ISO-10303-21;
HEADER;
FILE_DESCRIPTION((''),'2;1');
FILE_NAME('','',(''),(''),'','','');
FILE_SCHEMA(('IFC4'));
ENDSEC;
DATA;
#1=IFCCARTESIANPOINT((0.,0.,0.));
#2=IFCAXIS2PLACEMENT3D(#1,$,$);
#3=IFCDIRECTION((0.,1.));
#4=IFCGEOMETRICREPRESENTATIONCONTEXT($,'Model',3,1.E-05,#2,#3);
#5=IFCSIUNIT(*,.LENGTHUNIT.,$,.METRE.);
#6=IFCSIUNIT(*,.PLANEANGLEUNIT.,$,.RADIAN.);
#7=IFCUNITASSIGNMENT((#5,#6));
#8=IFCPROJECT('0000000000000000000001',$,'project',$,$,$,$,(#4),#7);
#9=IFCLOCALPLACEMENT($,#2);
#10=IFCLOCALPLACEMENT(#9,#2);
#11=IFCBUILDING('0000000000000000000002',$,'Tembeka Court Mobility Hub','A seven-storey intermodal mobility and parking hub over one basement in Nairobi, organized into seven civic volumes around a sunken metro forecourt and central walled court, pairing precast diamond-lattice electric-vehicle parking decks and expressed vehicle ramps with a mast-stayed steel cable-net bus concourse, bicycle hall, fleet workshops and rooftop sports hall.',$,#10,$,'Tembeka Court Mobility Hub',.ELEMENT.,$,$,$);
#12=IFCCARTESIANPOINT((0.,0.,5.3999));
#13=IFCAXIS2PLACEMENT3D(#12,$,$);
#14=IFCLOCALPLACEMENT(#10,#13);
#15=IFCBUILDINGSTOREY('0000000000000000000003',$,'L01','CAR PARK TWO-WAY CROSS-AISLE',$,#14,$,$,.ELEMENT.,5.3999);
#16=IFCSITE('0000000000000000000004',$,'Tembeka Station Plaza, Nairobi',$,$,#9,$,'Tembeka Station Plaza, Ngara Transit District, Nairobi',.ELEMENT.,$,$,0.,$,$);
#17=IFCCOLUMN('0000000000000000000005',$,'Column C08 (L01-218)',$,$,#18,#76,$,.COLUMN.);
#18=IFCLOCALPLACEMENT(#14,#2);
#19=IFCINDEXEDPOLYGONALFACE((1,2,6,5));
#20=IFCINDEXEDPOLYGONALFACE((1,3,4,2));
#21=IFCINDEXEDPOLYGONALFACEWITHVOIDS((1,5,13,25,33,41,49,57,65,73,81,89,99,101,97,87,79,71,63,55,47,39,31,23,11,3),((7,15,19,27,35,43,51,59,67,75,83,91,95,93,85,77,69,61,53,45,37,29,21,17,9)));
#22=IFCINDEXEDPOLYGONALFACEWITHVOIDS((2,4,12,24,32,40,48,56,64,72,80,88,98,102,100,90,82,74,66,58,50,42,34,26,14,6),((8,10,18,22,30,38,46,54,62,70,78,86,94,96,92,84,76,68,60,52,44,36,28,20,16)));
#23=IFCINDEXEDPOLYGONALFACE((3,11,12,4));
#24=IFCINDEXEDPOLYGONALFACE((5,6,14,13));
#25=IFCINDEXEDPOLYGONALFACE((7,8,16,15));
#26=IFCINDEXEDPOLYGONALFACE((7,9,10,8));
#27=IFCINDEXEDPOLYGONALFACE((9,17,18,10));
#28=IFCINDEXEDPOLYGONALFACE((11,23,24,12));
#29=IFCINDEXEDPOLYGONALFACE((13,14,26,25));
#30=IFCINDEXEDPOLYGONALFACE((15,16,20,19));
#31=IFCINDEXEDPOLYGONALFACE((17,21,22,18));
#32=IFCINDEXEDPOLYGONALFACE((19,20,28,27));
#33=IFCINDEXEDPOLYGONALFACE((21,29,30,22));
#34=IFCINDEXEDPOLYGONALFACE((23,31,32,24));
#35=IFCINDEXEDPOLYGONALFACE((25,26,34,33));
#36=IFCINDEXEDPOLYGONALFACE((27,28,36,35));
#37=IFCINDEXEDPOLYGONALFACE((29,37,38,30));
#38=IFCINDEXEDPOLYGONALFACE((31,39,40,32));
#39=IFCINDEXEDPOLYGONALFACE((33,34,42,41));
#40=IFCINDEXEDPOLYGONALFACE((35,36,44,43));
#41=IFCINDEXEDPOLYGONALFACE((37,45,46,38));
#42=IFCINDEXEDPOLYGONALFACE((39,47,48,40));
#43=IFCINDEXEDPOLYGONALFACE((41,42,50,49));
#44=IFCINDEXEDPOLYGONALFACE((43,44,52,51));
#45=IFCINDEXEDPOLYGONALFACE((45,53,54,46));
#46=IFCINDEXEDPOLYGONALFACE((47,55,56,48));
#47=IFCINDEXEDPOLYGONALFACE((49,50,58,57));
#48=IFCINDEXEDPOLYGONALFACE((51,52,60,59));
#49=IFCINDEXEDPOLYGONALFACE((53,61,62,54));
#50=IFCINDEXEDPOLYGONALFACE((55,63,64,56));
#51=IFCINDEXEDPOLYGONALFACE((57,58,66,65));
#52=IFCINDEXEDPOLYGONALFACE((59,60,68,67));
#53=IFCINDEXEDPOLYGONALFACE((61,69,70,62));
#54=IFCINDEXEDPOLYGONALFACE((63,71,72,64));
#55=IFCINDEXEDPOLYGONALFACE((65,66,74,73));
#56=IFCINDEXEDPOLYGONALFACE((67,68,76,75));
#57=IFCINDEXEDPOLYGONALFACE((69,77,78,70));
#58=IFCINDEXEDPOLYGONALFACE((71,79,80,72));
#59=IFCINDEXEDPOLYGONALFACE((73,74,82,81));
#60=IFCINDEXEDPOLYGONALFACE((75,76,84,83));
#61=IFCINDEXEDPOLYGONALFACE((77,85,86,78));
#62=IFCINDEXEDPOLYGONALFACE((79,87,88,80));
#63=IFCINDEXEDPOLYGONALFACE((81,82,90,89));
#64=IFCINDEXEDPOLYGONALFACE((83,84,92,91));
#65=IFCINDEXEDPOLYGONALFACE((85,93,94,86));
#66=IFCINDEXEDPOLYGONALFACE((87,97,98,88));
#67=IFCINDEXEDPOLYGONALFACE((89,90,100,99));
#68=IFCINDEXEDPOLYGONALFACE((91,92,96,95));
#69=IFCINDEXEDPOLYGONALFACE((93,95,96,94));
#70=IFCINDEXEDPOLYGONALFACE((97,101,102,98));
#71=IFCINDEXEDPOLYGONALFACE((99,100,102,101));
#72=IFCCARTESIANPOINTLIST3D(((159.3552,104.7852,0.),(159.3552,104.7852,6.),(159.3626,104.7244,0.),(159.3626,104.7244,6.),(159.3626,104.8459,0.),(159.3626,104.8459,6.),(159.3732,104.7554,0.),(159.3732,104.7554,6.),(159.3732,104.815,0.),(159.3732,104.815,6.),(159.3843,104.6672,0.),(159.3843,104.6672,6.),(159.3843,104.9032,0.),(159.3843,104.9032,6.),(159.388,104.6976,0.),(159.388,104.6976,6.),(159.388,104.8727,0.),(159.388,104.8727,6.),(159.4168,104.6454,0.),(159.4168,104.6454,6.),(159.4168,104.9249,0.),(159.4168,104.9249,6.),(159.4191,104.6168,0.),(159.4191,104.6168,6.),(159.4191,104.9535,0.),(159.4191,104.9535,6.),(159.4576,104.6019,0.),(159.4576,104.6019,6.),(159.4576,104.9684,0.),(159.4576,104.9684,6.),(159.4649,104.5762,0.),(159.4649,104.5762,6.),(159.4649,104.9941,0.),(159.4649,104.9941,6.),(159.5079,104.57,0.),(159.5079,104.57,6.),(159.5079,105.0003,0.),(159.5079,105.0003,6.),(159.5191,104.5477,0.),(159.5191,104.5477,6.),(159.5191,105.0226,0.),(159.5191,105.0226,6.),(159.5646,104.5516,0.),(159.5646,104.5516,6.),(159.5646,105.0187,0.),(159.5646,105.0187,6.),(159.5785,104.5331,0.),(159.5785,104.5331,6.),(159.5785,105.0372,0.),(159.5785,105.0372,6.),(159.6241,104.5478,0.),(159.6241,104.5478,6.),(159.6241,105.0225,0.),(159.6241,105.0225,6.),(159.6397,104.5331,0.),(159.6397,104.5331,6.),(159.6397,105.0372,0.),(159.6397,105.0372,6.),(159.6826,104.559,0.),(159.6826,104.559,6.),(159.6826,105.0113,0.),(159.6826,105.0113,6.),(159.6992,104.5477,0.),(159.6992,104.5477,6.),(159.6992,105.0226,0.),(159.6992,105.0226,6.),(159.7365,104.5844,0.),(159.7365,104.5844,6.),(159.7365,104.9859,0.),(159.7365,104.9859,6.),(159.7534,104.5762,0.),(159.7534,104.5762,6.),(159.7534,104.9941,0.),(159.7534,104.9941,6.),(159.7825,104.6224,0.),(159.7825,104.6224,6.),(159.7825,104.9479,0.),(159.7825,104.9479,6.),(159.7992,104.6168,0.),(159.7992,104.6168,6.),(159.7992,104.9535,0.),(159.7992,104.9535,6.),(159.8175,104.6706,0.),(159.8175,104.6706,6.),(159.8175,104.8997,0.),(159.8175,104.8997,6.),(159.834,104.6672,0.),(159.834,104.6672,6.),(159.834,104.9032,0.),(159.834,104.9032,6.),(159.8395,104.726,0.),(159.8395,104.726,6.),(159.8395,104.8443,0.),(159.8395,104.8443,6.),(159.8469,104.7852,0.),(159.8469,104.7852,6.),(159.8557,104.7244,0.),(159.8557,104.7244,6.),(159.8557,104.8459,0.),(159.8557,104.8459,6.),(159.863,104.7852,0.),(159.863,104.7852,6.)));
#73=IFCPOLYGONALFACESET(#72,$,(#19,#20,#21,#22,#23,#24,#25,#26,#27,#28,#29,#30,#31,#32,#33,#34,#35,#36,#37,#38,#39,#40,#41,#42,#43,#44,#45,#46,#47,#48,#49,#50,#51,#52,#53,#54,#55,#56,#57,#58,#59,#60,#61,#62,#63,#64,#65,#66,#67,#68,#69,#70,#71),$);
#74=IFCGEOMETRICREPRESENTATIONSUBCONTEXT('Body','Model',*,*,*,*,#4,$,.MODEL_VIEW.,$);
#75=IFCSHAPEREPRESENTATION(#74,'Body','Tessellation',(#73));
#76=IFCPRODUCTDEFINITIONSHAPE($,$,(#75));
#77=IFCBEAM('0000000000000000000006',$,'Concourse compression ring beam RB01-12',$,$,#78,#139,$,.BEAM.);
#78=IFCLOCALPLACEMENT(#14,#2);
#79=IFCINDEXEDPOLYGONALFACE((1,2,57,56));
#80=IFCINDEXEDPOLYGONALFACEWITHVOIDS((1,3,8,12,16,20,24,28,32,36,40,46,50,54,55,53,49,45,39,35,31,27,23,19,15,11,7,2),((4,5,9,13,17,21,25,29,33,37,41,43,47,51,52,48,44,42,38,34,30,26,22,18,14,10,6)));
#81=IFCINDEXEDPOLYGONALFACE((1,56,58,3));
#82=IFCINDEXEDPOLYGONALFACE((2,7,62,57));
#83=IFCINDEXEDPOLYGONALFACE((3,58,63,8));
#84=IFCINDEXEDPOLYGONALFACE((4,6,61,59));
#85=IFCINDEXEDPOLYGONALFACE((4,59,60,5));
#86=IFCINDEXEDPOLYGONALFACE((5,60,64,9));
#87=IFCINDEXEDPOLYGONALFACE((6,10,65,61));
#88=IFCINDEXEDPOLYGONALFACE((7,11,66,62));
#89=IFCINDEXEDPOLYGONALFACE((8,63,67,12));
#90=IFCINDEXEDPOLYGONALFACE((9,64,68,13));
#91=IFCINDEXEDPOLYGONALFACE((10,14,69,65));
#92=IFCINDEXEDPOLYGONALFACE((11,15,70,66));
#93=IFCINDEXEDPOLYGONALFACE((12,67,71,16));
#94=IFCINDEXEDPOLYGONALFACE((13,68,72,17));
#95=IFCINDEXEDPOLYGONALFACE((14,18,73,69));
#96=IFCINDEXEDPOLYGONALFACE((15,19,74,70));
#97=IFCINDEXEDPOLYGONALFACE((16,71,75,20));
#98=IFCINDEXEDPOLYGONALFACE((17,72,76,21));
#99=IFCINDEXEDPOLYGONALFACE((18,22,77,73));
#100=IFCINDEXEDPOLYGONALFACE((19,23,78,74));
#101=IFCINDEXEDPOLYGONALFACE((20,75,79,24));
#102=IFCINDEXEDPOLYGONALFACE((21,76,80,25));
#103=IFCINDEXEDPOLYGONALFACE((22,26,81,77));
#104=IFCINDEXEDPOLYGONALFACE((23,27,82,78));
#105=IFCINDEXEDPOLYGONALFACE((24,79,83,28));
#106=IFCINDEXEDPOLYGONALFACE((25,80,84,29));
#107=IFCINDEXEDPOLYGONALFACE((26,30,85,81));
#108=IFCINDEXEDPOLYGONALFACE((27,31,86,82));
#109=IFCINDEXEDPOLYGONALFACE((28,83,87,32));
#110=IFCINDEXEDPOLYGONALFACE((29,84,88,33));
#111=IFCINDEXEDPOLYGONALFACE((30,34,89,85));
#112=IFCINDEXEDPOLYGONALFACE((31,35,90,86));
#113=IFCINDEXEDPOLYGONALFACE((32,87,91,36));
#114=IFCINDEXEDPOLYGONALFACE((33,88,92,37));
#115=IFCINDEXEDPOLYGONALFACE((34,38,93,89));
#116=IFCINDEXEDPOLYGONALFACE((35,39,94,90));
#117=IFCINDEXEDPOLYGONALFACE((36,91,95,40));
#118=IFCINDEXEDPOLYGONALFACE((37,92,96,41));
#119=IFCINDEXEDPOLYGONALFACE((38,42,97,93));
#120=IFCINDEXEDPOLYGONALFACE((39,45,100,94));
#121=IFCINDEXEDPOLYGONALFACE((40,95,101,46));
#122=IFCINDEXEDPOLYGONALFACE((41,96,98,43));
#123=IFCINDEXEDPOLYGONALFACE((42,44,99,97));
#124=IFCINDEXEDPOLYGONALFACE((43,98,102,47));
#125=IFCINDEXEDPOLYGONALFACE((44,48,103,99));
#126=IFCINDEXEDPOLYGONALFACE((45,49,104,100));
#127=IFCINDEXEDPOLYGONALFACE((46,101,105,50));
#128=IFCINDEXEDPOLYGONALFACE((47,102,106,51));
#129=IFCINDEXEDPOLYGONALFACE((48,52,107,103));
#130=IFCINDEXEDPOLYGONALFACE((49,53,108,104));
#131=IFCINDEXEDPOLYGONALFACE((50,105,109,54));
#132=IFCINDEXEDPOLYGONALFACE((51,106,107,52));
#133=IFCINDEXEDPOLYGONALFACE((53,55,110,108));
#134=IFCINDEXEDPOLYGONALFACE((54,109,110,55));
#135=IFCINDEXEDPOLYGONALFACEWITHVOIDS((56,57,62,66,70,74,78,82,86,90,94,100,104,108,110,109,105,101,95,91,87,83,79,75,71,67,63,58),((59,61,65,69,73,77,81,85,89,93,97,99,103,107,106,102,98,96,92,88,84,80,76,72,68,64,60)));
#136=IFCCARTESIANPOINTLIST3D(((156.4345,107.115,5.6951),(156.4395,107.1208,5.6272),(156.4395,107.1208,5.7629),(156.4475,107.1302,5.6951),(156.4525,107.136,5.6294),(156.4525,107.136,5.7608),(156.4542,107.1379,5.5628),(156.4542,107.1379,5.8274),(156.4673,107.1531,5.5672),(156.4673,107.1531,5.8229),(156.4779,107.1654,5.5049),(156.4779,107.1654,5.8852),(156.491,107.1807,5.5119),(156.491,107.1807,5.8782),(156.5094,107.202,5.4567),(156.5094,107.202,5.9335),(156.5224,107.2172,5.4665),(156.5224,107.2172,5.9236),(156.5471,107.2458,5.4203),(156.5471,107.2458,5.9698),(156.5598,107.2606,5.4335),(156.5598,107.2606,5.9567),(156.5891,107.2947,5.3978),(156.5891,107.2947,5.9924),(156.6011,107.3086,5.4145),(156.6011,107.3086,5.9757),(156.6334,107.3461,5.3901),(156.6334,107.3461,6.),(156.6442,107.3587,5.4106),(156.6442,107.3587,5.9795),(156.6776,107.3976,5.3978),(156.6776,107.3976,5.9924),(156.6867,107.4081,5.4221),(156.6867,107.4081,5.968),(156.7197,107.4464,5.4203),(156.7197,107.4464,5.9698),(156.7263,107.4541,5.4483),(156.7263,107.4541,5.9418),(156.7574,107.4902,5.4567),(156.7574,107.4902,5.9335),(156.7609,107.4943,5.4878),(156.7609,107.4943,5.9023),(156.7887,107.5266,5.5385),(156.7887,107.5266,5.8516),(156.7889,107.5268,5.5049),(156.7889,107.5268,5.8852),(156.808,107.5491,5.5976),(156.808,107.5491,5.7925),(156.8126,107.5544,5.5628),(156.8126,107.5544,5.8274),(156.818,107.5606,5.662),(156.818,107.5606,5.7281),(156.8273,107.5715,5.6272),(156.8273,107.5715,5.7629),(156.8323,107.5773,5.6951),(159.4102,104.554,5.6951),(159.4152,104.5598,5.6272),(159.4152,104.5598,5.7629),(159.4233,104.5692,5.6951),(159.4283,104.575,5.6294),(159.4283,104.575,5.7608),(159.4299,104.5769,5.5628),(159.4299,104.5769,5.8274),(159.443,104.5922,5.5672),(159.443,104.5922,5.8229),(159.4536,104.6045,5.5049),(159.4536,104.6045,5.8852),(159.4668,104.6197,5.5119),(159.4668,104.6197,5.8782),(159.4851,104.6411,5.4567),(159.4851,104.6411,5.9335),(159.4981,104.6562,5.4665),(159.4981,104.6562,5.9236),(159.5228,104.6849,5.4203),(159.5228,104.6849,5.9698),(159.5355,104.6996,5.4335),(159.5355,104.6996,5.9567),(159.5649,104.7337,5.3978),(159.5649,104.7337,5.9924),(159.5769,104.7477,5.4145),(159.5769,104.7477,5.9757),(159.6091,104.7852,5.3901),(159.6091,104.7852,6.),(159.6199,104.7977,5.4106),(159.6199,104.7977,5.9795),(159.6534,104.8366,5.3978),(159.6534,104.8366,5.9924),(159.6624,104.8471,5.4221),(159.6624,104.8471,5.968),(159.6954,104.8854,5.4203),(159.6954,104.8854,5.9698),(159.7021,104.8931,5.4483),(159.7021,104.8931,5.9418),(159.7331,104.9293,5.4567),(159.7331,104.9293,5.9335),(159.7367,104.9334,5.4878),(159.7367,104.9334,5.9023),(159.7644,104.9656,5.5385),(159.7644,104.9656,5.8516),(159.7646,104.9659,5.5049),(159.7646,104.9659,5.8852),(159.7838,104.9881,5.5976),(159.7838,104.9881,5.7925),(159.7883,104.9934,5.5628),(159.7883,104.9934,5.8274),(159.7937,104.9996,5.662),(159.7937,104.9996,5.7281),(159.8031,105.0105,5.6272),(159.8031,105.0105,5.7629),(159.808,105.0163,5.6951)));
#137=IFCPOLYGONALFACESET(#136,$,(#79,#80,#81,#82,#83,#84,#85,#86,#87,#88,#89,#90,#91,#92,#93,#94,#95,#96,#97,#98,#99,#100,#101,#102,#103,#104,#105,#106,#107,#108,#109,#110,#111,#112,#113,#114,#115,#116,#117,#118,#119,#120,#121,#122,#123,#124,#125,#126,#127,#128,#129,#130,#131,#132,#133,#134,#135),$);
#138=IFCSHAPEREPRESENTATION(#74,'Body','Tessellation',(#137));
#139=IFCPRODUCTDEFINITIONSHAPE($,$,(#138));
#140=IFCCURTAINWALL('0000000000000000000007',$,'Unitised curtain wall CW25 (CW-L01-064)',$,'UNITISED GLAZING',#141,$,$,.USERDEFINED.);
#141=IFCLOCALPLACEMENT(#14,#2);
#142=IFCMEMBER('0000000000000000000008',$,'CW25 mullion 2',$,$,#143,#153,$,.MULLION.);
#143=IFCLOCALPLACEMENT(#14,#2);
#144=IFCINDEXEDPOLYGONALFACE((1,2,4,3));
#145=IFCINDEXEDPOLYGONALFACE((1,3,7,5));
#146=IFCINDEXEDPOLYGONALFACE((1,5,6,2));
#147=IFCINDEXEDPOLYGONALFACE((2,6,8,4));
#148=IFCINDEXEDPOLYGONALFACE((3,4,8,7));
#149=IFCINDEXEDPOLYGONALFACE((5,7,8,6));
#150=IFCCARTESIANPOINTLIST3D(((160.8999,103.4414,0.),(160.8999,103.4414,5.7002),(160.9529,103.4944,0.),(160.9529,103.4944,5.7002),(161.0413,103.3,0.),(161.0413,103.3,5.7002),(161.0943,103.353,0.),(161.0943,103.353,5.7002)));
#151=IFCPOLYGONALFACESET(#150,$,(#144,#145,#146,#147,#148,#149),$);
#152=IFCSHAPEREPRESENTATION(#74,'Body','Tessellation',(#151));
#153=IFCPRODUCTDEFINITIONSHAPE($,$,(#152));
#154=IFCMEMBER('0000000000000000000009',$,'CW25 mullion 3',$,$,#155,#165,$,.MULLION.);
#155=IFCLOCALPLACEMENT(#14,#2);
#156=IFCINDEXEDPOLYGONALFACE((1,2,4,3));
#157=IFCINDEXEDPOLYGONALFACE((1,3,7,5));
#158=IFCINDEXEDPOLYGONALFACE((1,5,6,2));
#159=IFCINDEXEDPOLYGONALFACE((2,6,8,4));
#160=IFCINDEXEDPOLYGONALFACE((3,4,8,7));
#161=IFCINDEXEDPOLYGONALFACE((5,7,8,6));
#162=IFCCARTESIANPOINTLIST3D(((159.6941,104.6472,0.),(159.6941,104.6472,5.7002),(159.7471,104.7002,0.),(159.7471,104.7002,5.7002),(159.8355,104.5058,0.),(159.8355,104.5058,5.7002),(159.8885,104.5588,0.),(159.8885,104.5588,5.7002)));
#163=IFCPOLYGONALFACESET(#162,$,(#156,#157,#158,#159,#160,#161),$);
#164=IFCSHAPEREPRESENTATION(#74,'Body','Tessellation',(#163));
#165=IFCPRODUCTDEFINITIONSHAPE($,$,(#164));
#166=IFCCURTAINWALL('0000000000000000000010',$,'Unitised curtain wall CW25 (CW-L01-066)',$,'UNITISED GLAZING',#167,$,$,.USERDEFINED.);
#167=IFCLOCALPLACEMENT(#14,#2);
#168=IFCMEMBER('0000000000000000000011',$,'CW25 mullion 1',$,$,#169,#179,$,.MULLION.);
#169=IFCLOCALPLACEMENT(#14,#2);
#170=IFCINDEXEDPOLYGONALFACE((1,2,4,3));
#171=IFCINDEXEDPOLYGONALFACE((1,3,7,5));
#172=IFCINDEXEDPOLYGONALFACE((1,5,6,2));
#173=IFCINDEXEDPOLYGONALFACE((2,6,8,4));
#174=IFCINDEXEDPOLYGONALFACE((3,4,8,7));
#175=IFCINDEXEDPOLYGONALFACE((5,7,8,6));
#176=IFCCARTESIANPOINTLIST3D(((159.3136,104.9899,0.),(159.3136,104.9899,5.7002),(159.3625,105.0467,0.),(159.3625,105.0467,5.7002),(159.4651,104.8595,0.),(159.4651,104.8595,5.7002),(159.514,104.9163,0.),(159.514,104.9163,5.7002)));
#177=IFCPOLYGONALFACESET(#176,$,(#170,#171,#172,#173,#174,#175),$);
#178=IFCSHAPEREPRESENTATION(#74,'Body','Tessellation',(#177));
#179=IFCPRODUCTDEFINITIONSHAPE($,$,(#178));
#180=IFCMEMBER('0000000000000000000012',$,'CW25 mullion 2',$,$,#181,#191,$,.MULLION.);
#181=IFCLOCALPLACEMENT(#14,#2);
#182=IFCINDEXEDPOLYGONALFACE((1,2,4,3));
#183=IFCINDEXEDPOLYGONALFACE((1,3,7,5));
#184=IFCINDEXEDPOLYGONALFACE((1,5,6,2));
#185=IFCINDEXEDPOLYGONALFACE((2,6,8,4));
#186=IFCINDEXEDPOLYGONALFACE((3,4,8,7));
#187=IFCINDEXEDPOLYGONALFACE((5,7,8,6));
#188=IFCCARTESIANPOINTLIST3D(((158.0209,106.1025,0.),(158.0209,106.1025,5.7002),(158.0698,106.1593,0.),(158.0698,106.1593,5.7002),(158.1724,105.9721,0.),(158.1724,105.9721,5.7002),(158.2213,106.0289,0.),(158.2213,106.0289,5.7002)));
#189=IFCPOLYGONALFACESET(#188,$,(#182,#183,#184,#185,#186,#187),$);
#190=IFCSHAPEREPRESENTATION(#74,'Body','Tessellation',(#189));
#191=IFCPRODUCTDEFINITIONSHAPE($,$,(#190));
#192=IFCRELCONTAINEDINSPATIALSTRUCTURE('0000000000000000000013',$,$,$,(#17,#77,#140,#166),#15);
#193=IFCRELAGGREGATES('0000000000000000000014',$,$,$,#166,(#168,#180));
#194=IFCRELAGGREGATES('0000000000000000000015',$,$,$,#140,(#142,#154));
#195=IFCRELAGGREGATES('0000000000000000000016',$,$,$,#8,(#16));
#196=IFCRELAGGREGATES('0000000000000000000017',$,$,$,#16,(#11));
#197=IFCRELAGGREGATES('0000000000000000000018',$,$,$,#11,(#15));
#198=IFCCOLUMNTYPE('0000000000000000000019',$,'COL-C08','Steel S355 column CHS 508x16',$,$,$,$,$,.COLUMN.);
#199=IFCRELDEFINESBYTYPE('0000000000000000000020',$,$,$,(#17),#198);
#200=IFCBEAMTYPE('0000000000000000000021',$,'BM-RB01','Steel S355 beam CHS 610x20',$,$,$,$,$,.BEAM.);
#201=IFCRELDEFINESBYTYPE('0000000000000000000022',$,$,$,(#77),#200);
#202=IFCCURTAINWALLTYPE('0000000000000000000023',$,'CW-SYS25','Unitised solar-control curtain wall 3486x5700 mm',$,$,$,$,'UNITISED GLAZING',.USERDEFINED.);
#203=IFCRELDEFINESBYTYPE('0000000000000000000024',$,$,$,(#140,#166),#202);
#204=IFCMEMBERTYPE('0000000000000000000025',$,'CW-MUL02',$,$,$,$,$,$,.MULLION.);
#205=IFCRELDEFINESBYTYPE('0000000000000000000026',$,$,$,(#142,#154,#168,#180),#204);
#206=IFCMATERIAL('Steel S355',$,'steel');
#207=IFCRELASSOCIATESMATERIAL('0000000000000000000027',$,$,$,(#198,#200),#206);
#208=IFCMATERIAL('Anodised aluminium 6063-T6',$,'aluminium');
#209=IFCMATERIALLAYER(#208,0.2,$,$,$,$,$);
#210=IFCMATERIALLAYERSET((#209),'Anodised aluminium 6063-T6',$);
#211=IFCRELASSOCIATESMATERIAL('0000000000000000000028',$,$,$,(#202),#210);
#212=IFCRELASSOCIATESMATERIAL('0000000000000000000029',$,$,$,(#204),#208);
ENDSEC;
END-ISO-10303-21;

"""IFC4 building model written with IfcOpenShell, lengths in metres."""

from ifc_helpers import new_model, si_unit, direction, frame, origin, origin_2d, place, context, subcontext, project, spatial, rectangle, hollow_circle, extrude, material, layer, layer_set, material_profile, profile_set, type_object, element, aggregate, save


model = new_model("IFC4")

# Units and contexts
model_context = context("Model", 3, precision=1e-05, world=origin(), true_north=direction((0.0, 1.0)))
body_context = subcontext(model_context, "Body", "Model", "MODEL_VIEW")
ifc_project = project(units=[si_unit("LENGTHUNIT", "METRE"), si_unit("PLANEANGLEUNIT", "RADIAN")], contexts=[model_context])

# Site, building, storey
site_placement = place(None, origin())
site = spatial("IfcSite", under=ifc_project, at=site_placement, Name="Tembeka Station Plaza, Nairobi", LongName="Tembeka Station Plaza, Ngara Transit District, Nairobi", CompositionType="ELEMENT", RefElevation=0.0)
building_placement = place(site_placement, origin())
building = spatial("IfcBuilding", under=site, at=building_placement, Name="Tembeka Court Mobility Hub", Description="A seven-storey intermodal mobility and parking hub over one basement in Nairobi, organized into seven civic volumes around a sunken metro forecourt and central walled court, pairing precast diamond-lattice electric-vehicle parking decks and expressed vehicle ramps with a mast-stayed steel cable-net bus concourse, bicycle hall, fleet workshops and rooftop sports hall.", LongName="Tembeka Court Mobility Hub", CompositionType="ELEMENT")
storey_placement = place(building_placement, frame((0.0, 0.0, 5.3999)))
storey = spatial("IfcBuildingStorey", under=building, at=storey_placement, Name="L01", Description="CAR PARK TWO-WAY CROSS-AISLE", CompositionType="ELEMENT", Elevation=5.3999)

# Column
ifc_material_1 = material(Name="Steel S355", Category="steel")
ifc_material_profile_1 = material_profile(ifc_material_1, hollow_circle(Radius=0.2539, WallThickness=0.0161, at=origin_2d()), Name="CHS 508x16")
ifc_profile_set_1 = profile_set([ifc_material_profile_1], Name="Steel S355")
column_type = type_object("IfcColumnType", Name="COL-C08", Description="Steel S355 column CHS 508x16", PredefinedType="COLUMN", material=ifc_profile_set_1)
column_placement = place(storey_placement, frame((159.6091, 104.7852, 0.0), z_axis=(0.0, 0.0, 1.0), x_axis=(1.0, 0.0, 0.0)))
element("IfcColumn", 1, at=column_placement, inside=storey, type_object=column_type, Name="Column C08 (L01-218)", PredefinedType="COLUMN", context=body_context, shape_type="SweptSolid", body=[
    extrude(hollow_circle(Radius=0.2539, WallThickness=0.0161, at=origin_2d()), origin(), (0.0, 0.0, 1.0), 6.0),
])

# Beam
ifc_material_profile_2 = material_profile(ifc_material_1, hollow_circle(Radius=0.3049, WallThickness=0.02, at=origin_2d()), Name="CHS 610x20")
ifc_profile_set_2 = profile_set([ifc_material_profile_2], Name="Steel S355")
beam_type = type_object("IfcBeamType", Name="BM-RB01", Description="Steel S355 beam CHS 610x20", PredefinedType="BEAM", material=ifc_profile_set_2)
beam_placement = place(storey_placement, frame((159.6091, 104.7852, 5.6951), z_axis=(-0.757956, 0.652306, 0.0), x_axis=(-0.652306, -0.757956, 0.0)))
element("IfcBeam", 2, at=beam_placement, inside=storey, type_object=beam_type, Name="Concourse compression ring beam RB01-12", PredefinedType="BEAM", context=body_context, shape_type="SweptSolid", body=[
    extrude(hollow_circle(Radius=0.3049, WallThickness=0.02, at=origin_2d()), origin(), (0.0, 0.0, 1.0), 3.926),
])

# Curtain walls, members
ifc_material_2 = material(Name="Anodised aluminium 6063-T6", Category="aluminium")
ifc_layer_1 = layer(ifc_material_2, 0.2)
ifc_layer_set_1 = layer_set([ifc_layer_1], Name="Anodised aluminium 6063-T6")
curtain_wall_type = type_object("IfcCurtainWallType", Name="CW-SYS25", Description="Unitised solar-control curtain wall 3486x5700 mm", ElementType="UNITISED GLAZING", PredefinedType="USERDEFINED", material=ifc_layer_set_1)
curtain_wall_1_placement = place(storey_placement, origin())
curtain_wall_1 = element("IfcCurtainWall", 3, at=curtain_wall_1_placement, inside=storey, type_object=curtain_wall_type, Name="Unitised curtain wall CW25 (CW-L01-064)", ObjectType="UNITISED GLAZING", PredefinedType="USERDEFINED")
ifc_material_profile_3 = material_profile(ifc_material_2, rectangle(XDim=0.075, YDim=0.2, at=origin_2d()), Name="ALU-MUL 75x200")
ifc_profile_set_3 = profile_set([ifc_material_profile_3], Name="Anodised aluminium 6063-T6")
member_type_1 = type_object("IfcMemberType", Name="CW-MUL02", PredefinedType="MULLION", material=ifc_profile_set_3)
member_1_placement = place(storey_placement, frame((160.9971, 103.3972, 0.0), z_axis=(0.0, 0.0, 1.0), x_axis=(-0.707107, -0.707107, 0.0)))
member_1 = element("IfcMember", 4, at=member_1_placement, type_object=member_type_1, Name="CW25 mullion 2", PredefinedType="MULLION", context=body_context, shape_type="SweptSolid", body=[
    extrude(rectangle(XDim=0.075, YDim=0.2, at=origin_2d()), origin(), (0.0, 0.0, 1.0), 5.7002),
])
member_2_placement = place(storey_placement, frame((159.7913, 104.603, 0.0), z_axis=(0.0, 0.0, 1.0), x_axis=(-0.707107, -0.707107, 0.0)))
member_2 = element("IfcMember", 5, at=member_2_placement, type_object=member_type_1, Name="CW25 mullion 3", PredefinedType="MULLION", context=body_context, shape_type="SweptSolid", body=[
    extrude(rectangle(XDim=0.075, YDim=0.2, at=origin_2d()), origin(), (0.0, 0.0, 1.0), 5.7002),
])
curtain_wall_2_placement = place(storey_placement, origin())
curtain_wall_2 = element("IfcCurtainWall", 6, at=curtain_wall_2_placement, inside=storey, type_object=curtain_wall_type, Name="Unitised curtain wall CW25 (CW-L01-066)", ObjectType="UNITISED GLAZING", PredefinedType="USERDEFINED")
member_3_placement = place(storey_placement, frame((159.4138, 104.9531, 0.0), z_axis=(0.0, 0.0, 1.0), x_axis=(-0.652307, -0.757955, 0.0)))
member_3 = element("IfcMember", 7, at=member_3_placement, type_object=member_type_1, Name="CW25 mullion 1", PredefinedType="MULLION", context=body_context, shape_type="SweptSolid", body=[
    extrude(rectangle(XDim=0.075, YDim=0.2, at=origin_2d()), origin(), (0.0, 0.0, 1.0), 5.7002),
])
member_4_placement = place(storey_placement, frame((158.1211, 106.0657, 0.0), z_axis=(0.0, 0.0, 1.0), x_axis=(-0.652307, -0.757955, 0.0)))
member_4 = element("IfcMember", 8, at=member_4_placement, type_object=member_type_1, Name="CW25 mullion 2", PredefinedType="MULLION", context=body_context, shape_type="SweptSolid", body=[
    extrude(rectangle(XDim=0.075, YDim=0.2, at=origin_2d()), origin(), (0.0, 0.0, 1.0), 5.7002),
])

aggregate(curtain_wall_2, [member_3, member_4])
aggregate(curtain_wall_1, [member_1, member_2])

save(model, "model.ifc")
